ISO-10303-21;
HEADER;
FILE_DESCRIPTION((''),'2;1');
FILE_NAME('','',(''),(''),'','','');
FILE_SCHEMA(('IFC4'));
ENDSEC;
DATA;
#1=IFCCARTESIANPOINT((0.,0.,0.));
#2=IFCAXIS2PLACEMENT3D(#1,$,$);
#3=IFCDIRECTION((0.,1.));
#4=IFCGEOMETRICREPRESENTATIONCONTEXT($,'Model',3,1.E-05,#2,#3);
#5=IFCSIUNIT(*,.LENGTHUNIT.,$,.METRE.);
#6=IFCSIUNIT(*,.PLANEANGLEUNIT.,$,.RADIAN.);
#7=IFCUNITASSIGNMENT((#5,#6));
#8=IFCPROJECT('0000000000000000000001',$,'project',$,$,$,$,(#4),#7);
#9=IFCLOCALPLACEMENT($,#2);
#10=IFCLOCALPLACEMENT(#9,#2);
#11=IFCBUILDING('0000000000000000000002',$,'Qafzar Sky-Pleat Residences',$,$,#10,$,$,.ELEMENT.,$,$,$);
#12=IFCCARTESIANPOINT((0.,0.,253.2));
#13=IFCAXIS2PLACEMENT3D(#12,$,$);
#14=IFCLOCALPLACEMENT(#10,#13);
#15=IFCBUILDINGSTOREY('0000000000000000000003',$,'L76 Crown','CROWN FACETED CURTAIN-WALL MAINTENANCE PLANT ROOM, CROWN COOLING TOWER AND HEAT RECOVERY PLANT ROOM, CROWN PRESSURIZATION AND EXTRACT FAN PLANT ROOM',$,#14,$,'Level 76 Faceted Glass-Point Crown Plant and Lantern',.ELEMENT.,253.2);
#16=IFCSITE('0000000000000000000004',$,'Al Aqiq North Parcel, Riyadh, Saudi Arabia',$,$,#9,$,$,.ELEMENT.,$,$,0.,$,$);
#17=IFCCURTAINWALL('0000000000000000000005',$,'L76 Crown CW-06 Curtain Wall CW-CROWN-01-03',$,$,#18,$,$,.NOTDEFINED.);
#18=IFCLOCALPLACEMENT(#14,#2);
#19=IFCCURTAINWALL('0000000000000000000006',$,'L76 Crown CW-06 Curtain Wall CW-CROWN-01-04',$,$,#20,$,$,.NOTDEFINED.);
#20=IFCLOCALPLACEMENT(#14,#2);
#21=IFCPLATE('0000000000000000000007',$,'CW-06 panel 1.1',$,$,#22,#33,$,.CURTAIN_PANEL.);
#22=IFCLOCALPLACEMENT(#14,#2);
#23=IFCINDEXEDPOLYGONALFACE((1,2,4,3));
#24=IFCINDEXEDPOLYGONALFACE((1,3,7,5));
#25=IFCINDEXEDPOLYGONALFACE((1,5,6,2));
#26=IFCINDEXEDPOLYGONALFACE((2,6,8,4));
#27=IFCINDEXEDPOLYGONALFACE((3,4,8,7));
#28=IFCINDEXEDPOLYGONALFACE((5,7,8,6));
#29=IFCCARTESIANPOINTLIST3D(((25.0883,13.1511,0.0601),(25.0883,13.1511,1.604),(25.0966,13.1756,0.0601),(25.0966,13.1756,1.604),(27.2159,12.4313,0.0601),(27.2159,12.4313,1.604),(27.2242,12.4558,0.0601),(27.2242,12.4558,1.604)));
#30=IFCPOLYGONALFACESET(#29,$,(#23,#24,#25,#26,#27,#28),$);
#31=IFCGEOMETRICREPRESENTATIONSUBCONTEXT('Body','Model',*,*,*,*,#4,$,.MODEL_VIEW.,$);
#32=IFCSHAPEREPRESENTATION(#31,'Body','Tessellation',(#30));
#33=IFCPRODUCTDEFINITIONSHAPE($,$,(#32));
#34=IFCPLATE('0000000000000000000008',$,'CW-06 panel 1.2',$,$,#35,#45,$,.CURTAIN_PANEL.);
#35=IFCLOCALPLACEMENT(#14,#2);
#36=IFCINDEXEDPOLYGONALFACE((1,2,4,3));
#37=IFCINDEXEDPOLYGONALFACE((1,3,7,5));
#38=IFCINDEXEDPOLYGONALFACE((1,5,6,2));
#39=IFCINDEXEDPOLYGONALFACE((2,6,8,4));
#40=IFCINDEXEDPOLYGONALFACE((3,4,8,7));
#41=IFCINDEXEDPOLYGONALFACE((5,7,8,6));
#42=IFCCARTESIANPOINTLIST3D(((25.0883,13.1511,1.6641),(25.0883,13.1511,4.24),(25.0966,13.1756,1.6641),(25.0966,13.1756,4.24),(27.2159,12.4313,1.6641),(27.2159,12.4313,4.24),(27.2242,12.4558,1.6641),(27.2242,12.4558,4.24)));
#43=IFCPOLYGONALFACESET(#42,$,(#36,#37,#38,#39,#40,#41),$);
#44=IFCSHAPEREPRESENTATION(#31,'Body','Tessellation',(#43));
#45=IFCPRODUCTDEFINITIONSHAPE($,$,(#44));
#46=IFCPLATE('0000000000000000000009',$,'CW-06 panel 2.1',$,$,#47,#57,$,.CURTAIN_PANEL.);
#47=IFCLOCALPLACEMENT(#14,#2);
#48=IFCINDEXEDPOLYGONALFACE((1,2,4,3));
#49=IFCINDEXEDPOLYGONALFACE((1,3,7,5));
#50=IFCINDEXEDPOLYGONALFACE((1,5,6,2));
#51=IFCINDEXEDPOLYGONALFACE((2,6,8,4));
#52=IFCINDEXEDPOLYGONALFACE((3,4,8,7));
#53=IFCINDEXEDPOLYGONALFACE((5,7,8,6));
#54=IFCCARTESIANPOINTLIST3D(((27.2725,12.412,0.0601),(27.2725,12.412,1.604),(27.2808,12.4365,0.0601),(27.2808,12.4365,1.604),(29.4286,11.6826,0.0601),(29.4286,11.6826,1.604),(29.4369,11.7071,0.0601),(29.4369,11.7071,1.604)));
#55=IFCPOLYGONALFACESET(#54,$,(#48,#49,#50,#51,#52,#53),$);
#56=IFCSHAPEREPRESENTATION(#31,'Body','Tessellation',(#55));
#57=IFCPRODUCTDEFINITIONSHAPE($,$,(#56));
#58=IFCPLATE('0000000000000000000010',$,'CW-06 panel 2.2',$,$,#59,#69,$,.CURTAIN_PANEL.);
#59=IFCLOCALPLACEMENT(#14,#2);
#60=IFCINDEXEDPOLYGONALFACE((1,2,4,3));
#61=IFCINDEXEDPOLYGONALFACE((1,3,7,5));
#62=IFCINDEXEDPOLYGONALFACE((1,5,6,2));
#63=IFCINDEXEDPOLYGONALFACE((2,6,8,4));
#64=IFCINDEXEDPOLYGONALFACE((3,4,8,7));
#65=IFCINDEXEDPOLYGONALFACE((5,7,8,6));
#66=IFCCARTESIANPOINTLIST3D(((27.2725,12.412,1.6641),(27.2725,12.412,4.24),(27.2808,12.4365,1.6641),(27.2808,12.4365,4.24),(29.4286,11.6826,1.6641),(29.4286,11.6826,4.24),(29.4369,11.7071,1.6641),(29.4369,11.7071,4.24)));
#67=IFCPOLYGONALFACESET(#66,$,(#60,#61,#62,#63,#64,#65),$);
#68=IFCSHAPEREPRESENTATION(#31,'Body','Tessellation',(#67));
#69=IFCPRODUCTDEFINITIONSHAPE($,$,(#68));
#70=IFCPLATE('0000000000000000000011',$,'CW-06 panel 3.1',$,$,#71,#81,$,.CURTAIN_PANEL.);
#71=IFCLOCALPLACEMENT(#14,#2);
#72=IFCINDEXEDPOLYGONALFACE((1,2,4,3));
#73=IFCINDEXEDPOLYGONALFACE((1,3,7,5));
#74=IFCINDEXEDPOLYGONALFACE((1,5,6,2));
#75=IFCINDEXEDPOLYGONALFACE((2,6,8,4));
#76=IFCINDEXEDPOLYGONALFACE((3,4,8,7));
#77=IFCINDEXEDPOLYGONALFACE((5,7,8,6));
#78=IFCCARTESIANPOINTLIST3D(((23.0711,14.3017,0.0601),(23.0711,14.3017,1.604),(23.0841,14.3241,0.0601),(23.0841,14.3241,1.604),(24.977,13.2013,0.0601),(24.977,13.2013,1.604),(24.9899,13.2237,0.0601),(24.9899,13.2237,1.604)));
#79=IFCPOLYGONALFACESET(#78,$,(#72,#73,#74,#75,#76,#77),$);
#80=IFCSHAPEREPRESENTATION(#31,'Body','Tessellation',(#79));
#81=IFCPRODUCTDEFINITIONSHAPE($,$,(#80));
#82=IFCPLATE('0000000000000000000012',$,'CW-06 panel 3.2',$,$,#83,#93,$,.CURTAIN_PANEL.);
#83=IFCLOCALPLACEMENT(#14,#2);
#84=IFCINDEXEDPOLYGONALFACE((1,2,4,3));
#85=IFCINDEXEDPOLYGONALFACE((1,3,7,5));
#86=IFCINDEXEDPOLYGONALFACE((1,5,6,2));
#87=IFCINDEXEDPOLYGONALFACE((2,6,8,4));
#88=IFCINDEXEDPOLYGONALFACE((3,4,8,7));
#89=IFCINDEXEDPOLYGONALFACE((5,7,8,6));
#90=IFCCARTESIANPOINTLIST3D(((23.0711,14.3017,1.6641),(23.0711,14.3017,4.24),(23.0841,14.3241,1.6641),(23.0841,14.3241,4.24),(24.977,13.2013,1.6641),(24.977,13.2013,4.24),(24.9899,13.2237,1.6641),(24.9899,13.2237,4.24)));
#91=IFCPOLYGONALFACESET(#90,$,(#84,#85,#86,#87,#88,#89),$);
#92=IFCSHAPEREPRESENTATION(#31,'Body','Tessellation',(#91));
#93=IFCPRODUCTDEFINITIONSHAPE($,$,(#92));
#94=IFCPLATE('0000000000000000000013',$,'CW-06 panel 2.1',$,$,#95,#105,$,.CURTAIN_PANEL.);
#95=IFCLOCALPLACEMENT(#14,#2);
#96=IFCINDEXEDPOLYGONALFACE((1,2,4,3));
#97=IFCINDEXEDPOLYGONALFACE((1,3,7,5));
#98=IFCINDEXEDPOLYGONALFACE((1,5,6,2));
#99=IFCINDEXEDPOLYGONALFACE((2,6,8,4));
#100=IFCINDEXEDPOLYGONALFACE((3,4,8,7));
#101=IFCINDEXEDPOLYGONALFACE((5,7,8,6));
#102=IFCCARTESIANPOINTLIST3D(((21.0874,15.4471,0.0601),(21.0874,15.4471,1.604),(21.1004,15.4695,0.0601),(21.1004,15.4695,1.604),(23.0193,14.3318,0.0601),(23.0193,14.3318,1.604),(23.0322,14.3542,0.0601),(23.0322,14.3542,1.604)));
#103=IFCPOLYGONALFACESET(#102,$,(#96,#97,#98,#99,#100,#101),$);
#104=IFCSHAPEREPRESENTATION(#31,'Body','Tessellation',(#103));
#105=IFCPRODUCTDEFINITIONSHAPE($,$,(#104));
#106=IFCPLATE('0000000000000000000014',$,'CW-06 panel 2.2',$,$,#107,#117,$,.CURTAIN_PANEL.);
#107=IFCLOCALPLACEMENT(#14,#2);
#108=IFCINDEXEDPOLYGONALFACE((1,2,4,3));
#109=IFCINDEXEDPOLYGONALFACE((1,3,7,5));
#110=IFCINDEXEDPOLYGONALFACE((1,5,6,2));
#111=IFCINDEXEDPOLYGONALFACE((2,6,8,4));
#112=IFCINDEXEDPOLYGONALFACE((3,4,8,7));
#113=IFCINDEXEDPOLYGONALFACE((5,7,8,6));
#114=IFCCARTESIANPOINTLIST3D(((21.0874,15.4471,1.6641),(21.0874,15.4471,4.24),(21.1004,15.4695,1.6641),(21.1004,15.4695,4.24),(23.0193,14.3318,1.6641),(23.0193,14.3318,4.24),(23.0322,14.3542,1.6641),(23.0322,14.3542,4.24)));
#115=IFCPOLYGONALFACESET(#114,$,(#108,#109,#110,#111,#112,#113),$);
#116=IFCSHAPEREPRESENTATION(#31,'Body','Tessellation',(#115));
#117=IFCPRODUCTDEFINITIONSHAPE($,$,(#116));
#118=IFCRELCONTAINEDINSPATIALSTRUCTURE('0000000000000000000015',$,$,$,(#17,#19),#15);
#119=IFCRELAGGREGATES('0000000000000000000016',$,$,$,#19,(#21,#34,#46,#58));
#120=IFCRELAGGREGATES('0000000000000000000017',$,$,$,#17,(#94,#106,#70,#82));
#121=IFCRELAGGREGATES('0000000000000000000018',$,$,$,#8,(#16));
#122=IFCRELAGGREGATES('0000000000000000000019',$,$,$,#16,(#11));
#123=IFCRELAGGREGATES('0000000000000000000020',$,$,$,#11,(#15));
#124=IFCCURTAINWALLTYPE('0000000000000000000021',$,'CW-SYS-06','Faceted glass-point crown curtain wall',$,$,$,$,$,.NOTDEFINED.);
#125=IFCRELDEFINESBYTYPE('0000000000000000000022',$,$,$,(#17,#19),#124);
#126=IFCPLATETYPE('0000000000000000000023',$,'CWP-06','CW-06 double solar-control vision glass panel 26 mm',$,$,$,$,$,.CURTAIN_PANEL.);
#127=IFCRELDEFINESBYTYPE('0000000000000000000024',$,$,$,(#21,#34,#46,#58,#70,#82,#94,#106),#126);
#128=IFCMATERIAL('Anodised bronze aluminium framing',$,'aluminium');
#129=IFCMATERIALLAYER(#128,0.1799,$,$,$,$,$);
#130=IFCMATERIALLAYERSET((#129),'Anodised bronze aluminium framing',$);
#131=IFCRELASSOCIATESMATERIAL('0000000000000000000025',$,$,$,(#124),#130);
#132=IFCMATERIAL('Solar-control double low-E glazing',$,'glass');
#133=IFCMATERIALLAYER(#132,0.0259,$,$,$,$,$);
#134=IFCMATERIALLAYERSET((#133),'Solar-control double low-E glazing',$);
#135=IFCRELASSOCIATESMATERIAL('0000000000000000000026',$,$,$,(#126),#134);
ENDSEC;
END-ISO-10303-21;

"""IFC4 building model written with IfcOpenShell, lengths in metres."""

from ifc_helpers import new_model, si_unit, direction, frame, origin, origin_2d, place, context, subcontext, project, spatial, rectangle, extrude, source, transform, mapped, material, layer, layer_set, type_object, element, aggregate, save


model = new_model("IFC4")

# Units and contexts
model_context = context("Model", 3, precision=1e-05, world=origin(), true_north=direction((0.0, 1.0)))
body_context = subcontext(model_context, "Body", "Model", "MODEL_VIEW")
ifc_project = project(units=[si_unit("LENGTHUNIT", "METRE"), si_unit("PLANEANGLEUNIT", "RADIAN")], contexts=[model_context])

# Site, building, storey
site_placement = place(None, origin())
site = spatial("IfcSite", under=ifc_project, at=site_placement, Name="Al Aqiq North Parcel, Riyadh, Saudi Arabia", CompositionType="ELEMENT", RefElevation=0.0)
building_placement = place(site_placement, origin())
building = spatial("IfcBuilding", under=site, at=building_placement, Name="Qafzar Sky-Pleat Residences", CompositionType="ELEMENT")
storey_placement = place(building_placement, frame((0.0, 0.0, 253.2)))
storey = spatial("IfcBuildingStorey", under=building, at=storey_placement, Name="L76 Crown", Description="CROWN FACETED CURTAIN-WALL MAINTENANCE PLANT ROOM, CROWN COOLING TOWER AND HEAT RECOVERY PLANT ROOM, CROWN PRESSURIZATION AND EXTRACT FAN PLANT ROOM", LongName="Level 76 Faceted Glass-Point Crown Plant and Lantern", CompositionType="ELEMENT", Elevation=253.2)

# Curtain walls
ifc_material_1 = material(Name="Anodised bronze aluminium framing", Category="aluminium")
ifc_layer_1 = layer(ifc_material_1, 0.1799)
ifc_layer_set_1 = layer_set([ifc_layer_1], Name="Anodised bronze aluminium framing")
curtain_wall_type = type_object("IfcCurtainWallType", Name="CW-SYS-06", Description="Faceted glass-point crown curtain wall", PredefinedType="NOTDEFINED", material=ifc_layer_set_1)
curtain_wall_1_placement = place(storey_placement, origin())
curtain_wall_1 = element("IfcCurtainWall", 1, at=curtain_wall_1_placement, inside=storey, type_object=curtain_wall_type, Name="L76 Crown CW-06 Curtain Wall CW-CROWN-01-03", PredefinedType="NOTDEFINED")
curtain_wall_2_placement = place(storey_placement, origin())
curtain_wall_2 = element("IfcCurtainWall", 2, at=curtain_wall_2_placement, inside=storey, type_object=curtain_wall_type, Name="L76 Crown CW-06 Curtain Wall CW-CROWN-01-04", PredefinedType="NOTDEFINED")

# Plates
ifc_material_2 = material(Name="Solar-control double low-E glazing", Category="glass")
ifc_layer_2 = layer(ifc_material_2, 0.0259)
ifc_layer_set_2 = layer_set([ifc_layer_2], Name="Solar-control double low-E glazing")
plate_type = type_object("IfcPlateType", Name="CWP-06", Description="CW-06 double solar-control vision glass panel 26 mm", PredefinedType="CURTAIN_PANEL", material=ifc_layer_set_2)
shared_shape_1 = source(origin(), body_context, "Body", "SweptSolid", [
    extrude(rectangle(XDim=2.2461, YDim=0.0259, at=origin_2d()), origin(), (0.0, 0.0, 1.0), 1.5439),
])
plate_1_placement = place(storey_placement, frame((26.1562, 12.8035, 0.0601), z_axis=(0.0, 0.0, 1.0), x_axis=(0.947264, -0.320454, 0.0)))
plate_1 = element("IfcPlate", 3, at=plate_1_placement, type_object=plate_type, Name="CW-06 panel 1.1", PredefinedType="CURTAIN_PANEL", context=body_context, shape_type="MappedRepresentation", body=[
    mapped(shared_shape_1, transform((0.0, 0.0, 0.0), x_axis=(1.0, 0.0, 0.0), y_axis=(0.0, 1.0, 0.0), z_axis=(0.0, 0.0, 1.0), scale=1.0)),
])
shared_shape_2 = source(origin(), body_context, "Body", "SweptSolid", [
    extrude(rectangle(XDim=2.2461, YDim=0.0259, at=origin_2d()), origin(), (0.0, 0.0, 1.0), 2.5759),
])
plate_2_placement = place(storey_placement, frame((26.1562, 12.8035, 1.6641), z_axis=(0.0, 0.0, 1.0), x_axis=(0.947264, -0.320454, 0.0)))
plate_2 = element("IfcPlate", 4, at=plate_2_placement, type_object=plate_type, Name="CW-06 panel 1.2", PredefinedType="CURTAIN_PANEL", context=body_context, shape_type="MappedRepresentation", body=[
    mapped(shared_shape_2, transform((0.0, 0.0, 0.0), x_axis=(1.0, 0.0, 0.0), y_axis=(0.0, 1.0, 0.0), z_axis=(0.0, 0.0, 1.0), scale=1.0)),
])
shared_shape_3 = source(origin(), body_context, "Body", "SweptSolid", [
    extrude(rectangle(XDim=2.2761, YDim=0.0259, at=origin_2d()), origin(), (0.0, 0.0, 1.0), 1.5439),
])
plate_3_placement = place(storey_placement, frame((28.3547, 12.0596, 0.0601), z_axis=(0.0, 0.0, 1.0), x_axis=(0.947264, -0.320454, 0.0)))
plate_3 = element("IfcPlate", 5, at=plate_3_placement, type_object=plate_type, Name="CW-06 panel 2.1", PredefinedType="CURTAIN_PANEL", context=body_context, shape_type="MappedRepresentation", body=[
    mapped(shared_shape_3, transform((0.0, 0.0, 0.0), x_axis=(1.0, 0.0, 0.0), y_axis=(0.0, 1.0, 0.0), z_axis=(0.0, 0.0, 1.0), scale=1.0)),
])
shared_shape_4 = source(origin(), body_context, "Body", "SweptSolid", [
    extrude(rectangle(XDim=2.2761, YDim=0.0259, at=origin_2d()), origin(), (0.0, 0.0, 1.0), 2.5759),
])
plate_4_placement = place(storey_placement, frame((28.3547, 12.0596, 1.6641), z_axis=(0.0, 0.0, 1.0), x_axis=(0.947264, -0.320454, 0.0)))
plate_4 = element("IfcPlate", 6, at=plate_4_placement, type_object=plate_type, Name="CW-06 panel 2.2", PredefinedType="CURTAIN_PANEL", context=body_context, shape_type="MappedRepresentation", body=[
    mapped(shared_shape_4, transform((0.0, 0.0, 0.0), x_axis=(1.0, 0.0, 0.0), y_axis=(0.0, 1.0, 0.0), z_axis=(0.0, 0.0, 1.0), scale=1.0)),
])
aggregate(curtain_wall_2, [plate_1, plate_2, plate_3, plate_4])
shared_shape_5 = source(origin(), body_context, "Body", "SweptSolid", [
    extrude(rectangle(XDim=2.2007, YDim=0.0259, at=origin_2d()), origin(), (0.0, 0.0, 1.0), 1.5439),
])
plate_5_placement = place(storey_placement, frame((24.0305, 13.7627, 0.0601), z_axis=(0.0, 0.0, 1.0), x_axis=(0.866025, -0.5, 0.0)))
plate_5 = element("IfcPlate", 7, at=plate_5_placement, type_object=plate_type, Name="CW-06 panel 3.1", PredefinedType="CURTAIN_PANEL", context=body_context, shape_type="MappedRepresentation", body=[
    mapped(shared_shape_5, transform((0.0, 0.0, 0.0), x_axis=(1.0, 0.0, 0.0), y_axis=(0.0, 1.0, 0.0), z_axis=(0.0, 0.0, 1.0), scale=1.0)),
])
shared_shape_6 = source(origin(), body_context, "Body", "SweptSolid", [
    extrude(rectangle(XDim=2.2007, YDim=0.0259, at=origin_2d()), origin(), (0.0, 0.0, 1.0), 2.5759),
])
plate_6_placement = place(storey_placement, frame((24.0305, 13.7627, 1.6641), z_axis=(0.0, 0.0, 1.0), x_axis=(0.866025, -0.5, 0.0)))
plate_6 = element("IfcPlate", 8, at=plate_6_placement, type_object=plate_type, Name="CW-06 panel 3.2", PredefinedType="CURTAIN_PANEL", context=body_context, shape_type="MappedRepresentation", body=[
    mapped(shared_shape_6, transform((0.0, 0.0, 0.0), x_axis=(1.0, 0.0, 0.0), y_axis=(0.0, 1.0, 0.0), z_axis=(0.0, 0.0, 1.0), scale=1.0)),
])
shared_shape_7 = source(origin(), body_context, "Body", "SweptSolid", [
    extrude(rectangle(XDim=2.2307, YDim=0.0259, at=origin_2d()), origin(), (0.0, 0.0, 1.0), 1.5439),
])
plate_7_placement = place(storey_placement, frame((22.0598, 14.9006, 0.0601), z_axis=(0.0, 0.0, 1.0), x_axis=(0.866025, -0.5, 0.0)))
plate_7 = element("IfcPlate", 9, at=plate_7_placement, type_object=plate_type, Name="CW-06 panel 2.1", PredefinedType="CURTAIN_PANEL", context=body_context, shape_type="MappedRepresentation", body=[
    mapped(shared_shape_7, transform((0.0, 0.0, 0.0), x_axis=(1.0, 0.0, 0.0), y_axis=(0.0, 1.0, 0.0), z_axis=(0.0, 0.0, 1.0), scale=1.0)),
])
shared_shape_8 = source(origin(), body_context, "Body", "SweptSolid", [
    extrude(rectangle(XDim=2.2307, YDim=0.0259, at=origin_2d()), origin(), (0.0, 0.0, 1.0), 2.5759),
])
plate_8_placement = place(storey_placement, frame((22.0598, 14.9006, 1.6641), z_axis=(0.0, 0.0, 1.0), x_axis=(0.866025, -0.5, 0.0)))
plate_8 = element("IfcPlate", 10, at=plate_8_placement, type_object=plate_type, Name="CW-06 panel 2.2", PredefinedType="CURTAIN_PANEL", context=body_context, shape_type="MappedRepresentation", body=[
    mapped(shared_shape_8, transform((0.0, 0.0, 0.0), x_axis=(1.0, 0.0, 0.0), y_axis=(0.0, 1.0, 0.0), z_axis=(0.0, 0.0, 1.0), scale=1.0)),
])
aggregate(curtain_wall_1, [plate_7, plate_8, plate_5, plate_6])

save(model, "model.ifc")
